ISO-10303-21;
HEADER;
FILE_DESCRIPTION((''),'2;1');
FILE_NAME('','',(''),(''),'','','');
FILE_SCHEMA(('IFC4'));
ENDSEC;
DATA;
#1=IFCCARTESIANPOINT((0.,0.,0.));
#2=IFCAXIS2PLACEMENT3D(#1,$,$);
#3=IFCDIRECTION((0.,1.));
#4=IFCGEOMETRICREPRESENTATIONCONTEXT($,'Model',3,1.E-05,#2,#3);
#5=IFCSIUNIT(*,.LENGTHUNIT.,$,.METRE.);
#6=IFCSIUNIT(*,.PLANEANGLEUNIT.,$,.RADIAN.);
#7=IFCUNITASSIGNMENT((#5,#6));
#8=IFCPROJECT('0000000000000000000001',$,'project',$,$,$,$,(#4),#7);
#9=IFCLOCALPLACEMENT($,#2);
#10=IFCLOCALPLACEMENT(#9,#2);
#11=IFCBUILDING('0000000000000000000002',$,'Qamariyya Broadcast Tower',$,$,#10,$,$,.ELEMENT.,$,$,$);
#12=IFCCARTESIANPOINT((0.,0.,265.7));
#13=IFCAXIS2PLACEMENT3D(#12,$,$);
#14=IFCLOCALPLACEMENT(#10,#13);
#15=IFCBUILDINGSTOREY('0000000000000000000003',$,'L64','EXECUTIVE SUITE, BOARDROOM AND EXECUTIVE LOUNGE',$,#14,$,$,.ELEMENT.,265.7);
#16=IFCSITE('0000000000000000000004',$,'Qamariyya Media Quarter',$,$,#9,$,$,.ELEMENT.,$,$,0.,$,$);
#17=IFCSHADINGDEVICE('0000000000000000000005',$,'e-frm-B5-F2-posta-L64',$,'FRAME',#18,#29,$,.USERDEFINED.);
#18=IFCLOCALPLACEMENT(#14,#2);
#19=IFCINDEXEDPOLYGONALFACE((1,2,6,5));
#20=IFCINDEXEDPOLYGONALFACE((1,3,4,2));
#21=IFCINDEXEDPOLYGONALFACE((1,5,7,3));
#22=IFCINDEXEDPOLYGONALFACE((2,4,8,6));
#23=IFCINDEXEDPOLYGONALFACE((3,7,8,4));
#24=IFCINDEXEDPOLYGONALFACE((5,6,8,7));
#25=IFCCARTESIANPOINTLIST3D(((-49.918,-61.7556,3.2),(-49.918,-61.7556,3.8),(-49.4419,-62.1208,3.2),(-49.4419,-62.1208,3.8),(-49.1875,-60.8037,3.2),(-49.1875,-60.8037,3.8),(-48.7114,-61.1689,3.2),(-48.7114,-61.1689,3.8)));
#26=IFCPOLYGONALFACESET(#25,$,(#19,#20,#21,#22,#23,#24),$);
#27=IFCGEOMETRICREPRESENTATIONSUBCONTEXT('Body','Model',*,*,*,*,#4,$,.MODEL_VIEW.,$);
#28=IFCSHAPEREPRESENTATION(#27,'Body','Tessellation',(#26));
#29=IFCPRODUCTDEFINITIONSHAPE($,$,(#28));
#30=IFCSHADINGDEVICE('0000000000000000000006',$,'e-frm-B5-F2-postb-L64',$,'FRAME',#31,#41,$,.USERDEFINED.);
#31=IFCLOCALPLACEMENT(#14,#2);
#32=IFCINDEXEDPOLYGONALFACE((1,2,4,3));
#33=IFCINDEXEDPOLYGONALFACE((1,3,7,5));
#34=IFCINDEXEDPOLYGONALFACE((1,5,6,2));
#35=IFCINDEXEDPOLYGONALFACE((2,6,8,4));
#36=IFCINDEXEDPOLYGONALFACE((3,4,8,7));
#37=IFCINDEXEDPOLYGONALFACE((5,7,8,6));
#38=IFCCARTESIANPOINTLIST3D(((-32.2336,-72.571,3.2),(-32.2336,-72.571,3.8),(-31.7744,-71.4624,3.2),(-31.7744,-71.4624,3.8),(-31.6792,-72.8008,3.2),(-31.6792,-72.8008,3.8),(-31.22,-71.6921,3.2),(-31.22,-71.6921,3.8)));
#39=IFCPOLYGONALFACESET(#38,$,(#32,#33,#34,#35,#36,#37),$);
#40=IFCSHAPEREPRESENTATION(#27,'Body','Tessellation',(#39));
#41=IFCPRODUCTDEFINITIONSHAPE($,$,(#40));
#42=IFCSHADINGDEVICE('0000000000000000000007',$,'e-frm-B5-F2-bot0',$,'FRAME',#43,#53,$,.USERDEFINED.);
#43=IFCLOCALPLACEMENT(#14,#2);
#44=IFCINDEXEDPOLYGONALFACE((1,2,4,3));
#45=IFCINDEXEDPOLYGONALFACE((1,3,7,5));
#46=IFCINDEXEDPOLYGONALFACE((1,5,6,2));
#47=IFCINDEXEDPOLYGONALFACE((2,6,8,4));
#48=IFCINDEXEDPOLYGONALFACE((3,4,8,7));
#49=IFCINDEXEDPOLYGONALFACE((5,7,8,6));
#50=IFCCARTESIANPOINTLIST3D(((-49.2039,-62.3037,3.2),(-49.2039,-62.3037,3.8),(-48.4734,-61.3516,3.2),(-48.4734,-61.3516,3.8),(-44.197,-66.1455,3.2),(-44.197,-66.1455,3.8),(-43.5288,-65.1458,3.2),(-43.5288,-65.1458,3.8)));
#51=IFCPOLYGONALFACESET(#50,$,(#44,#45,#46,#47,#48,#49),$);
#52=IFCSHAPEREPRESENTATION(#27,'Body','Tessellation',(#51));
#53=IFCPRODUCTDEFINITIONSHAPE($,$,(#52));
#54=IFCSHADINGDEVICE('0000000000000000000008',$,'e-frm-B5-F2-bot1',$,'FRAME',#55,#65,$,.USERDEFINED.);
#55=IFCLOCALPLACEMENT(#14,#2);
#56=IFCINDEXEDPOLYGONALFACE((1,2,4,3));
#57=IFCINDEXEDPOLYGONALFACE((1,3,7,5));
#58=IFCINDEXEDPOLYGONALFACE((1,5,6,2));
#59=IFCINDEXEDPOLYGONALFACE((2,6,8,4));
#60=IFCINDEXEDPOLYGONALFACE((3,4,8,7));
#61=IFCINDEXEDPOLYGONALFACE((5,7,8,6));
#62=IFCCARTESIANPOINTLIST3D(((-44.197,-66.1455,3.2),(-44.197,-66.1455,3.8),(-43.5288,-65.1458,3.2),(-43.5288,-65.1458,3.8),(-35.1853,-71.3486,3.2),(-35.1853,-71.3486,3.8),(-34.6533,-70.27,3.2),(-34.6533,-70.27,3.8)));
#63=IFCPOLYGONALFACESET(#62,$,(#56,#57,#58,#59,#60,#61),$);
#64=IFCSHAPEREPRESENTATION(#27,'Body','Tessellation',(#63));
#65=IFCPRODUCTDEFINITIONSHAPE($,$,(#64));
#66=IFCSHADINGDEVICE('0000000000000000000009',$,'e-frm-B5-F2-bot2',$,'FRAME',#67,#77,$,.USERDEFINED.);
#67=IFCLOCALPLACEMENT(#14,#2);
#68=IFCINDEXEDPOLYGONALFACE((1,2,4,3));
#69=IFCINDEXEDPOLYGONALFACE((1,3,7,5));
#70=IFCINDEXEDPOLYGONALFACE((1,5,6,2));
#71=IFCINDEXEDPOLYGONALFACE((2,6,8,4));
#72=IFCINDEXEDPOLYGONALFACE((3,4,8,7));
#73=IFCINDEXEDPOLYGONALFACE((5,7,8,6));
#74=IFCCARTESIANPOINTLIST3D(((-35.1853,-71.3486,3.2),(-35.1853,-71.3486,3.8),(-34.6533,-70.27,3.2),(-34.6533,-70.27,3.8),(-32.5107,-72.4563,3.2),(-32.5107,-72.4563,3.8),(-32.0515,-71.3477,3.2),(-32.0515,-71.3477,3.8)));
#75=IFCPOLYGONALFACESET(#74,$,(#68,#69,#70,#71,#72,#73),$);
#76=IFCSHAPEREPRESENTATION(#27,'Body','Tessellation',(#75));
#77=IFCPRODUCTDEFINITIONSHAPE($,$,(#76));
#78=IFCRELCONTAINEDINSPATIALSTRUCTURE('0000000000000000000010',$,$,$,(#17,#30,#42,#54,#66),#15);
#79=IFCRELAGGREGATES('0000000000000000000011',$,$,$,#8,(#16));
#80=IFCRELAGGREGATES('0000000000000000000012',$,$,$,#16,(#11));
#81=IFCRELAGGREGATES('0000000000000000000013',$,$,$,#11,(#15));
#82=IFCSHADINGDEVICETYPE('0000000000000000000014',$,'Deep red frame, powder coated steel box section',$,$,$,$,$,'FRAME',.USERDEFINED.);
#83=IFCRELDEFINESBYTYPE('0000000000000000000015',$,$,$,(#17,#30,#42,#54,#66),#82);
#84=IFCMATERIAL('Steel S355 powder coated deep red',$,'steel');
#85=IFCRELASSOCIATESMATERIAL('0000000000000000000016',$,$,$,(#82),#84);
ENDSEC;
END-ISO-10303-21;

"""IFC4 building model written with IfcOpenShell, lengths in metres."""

from ifc_helpers import new_model, si_unit, direction, frame, origin, place, context, subcontext, project, spatial, polyline, outline, extrude, material, type_object, element, save


model = new_model("IFC4")

# Units and contexts
model_context = context("Model", 3, precision=1e-05, world=origin(), true_north=direction((0.0, 1.0)))
body_context = subcontext(model_context, "Body", "Model", "MODEL_VIEW")
ifc_project = project(units=[si_unit("LENGTHUNIT", "METRE"), si_unit("PLANEANGLEUNIT", "RADIAN")], contexts=[model_context])

# Site, building, storey
site_placement = place(None, origin())
site = spatial("IfcSite", under=ifc_project, at=site_placement, Name="Qamariyya Media Quarter", CompositionType="ELEMENT", RefElevation=0.0)
building_placement = place(site_placement, origin())
building = spatial("IfcBuilding", under=site, at=building_placement, Name="Qamariyya Broadcast Tower", CompositionType="ELEMENT")
storey_placement = place(building_placement, frame((0.0, 0.0, 265.7)))
storey = spatial("IfcBuildingStorey", under=building, at=storey_placement, Name="L64", Description="EXECUTIVE SUITE, BOARDROOM AND EXECUTIVE LOUNGE", CompositionType="ELEMENT", Elevation=265.7)

# Shading devices
ifc_material = material(Name="Steel S355 powder coated deep red", Category="steel")
shading_device_type = type_object("IfcShadingDeviceType", Name="Deep red frame, powder coated steel box section", ElementType="FRAME", PredefinedType="USERDEFINED", material=ifc_material)
shading_device_1_placement = place(storey_placement, frame((0.0, 0.0, 3.2)))
element("IfcShadingDevice", 1, at=shading_device_1_placement, inside=storey, type_object=shading_device_type, Name="e-frm-B5-F2-posta-L64", ObjectType="FRAME", PredefinedType="USERDEFINED", context=body_context, shape_type="SweptSolid", body=[
    extrude(outline(polyline([(-49.1875, -60.8037), (-49.918, -61.7556), (-49.4419, -62.1208), (-48.7114, -61.1689), (-49.1875, -60.8037)])), origin(), (0.0, 0.0, 1.0), 0.6001),
])
shading_device_2_placement = place(storey_placement, frame((0.0, 0.0, 3.2)))
element("IfcShadingDevice", 2, at=shading_device_2_placement, inside=storey, type_object=shading_device_type, Name="e-frm-B5-F2-postb-L64", ObjectType="FRAME", PredefinedType="USERDEFINED", context=body_context, shape_type="SweptSolid", body=[
    extrude(outline(polyline([(-31.7744, -71.4624), (-32.2336, -72.571), (-31.6792, -72.8008), (-31.22, -71.6921), (-31.7744, -71.4624)])), origin(), (0.0, 0.0, 1.0), 0.6001),
])
shading_device_3_placement = place(storey_placement, frame((0.0, 0.0, 3.2)))
element("IfcShadingDevice", 3, at=shading_device_3_placement, inside=storey, type_object=shading_device_type, Name="e-frm-B5-F2-bot0", ObjectType="FRAME", PredefinedType="USERDEFINED", context=body_context, shape_type="SweptSolid", body=[
    extrude(outline(polyline([(-48.4734, -61.3516), (-49.2039, -62.3037), (-44.197, -66.1455), (-43.5288, -65.1458), (-48.4734, -61.3516)])), origin(), (0.0, 0.0, 1.0), 0.6001),
])
shading_device_4_placement = place(storey_placement, frame((0.0, 0.0, 3.2)))
element("IfcShadingDevice", 4, at=shading_device_4_placement, inside=storey, type_object=shading_device_type, Name="e-frm-B5-F2-bot1", ObjectType="FRAME", PredefinedType="USERDEFINED", context=body_context, shape_type="SweptSolid", body=[
    extrude(outline(polyline([(-43.5288, -65.1458), (-44.197, -66.1455), (-35.1853, -71.3486), (-34.6533, -70.27), (-43.5288, -65.1458)])), origin(), (0.0, 0.0, 1.0), 0.6001),
])
shading_device_5_placement = place(storey_placement, frame((0.0, 0.0, 3.2)))
element("IfcShadingDevice", 5, at=shading_device_5_placement, inside=storey, type_object=shading_device_type, Name="e-frm-B5-F2-bot2", ObjectType="FRAME", PredefinedType="USERDEFINED", context=body_context, shape_type="SweptSolid", body=[
    extrude(outline(polyline([(-34.6533, -70.27), (-35.1853, -71.3486), (-32.5107, -72.4563), (-32.0515, -71.3477), (-34.6533, -70.27)])), origin(), (0.0, 0.0, 1.0), 0.6001),
])

save(model, "model.ifc")
